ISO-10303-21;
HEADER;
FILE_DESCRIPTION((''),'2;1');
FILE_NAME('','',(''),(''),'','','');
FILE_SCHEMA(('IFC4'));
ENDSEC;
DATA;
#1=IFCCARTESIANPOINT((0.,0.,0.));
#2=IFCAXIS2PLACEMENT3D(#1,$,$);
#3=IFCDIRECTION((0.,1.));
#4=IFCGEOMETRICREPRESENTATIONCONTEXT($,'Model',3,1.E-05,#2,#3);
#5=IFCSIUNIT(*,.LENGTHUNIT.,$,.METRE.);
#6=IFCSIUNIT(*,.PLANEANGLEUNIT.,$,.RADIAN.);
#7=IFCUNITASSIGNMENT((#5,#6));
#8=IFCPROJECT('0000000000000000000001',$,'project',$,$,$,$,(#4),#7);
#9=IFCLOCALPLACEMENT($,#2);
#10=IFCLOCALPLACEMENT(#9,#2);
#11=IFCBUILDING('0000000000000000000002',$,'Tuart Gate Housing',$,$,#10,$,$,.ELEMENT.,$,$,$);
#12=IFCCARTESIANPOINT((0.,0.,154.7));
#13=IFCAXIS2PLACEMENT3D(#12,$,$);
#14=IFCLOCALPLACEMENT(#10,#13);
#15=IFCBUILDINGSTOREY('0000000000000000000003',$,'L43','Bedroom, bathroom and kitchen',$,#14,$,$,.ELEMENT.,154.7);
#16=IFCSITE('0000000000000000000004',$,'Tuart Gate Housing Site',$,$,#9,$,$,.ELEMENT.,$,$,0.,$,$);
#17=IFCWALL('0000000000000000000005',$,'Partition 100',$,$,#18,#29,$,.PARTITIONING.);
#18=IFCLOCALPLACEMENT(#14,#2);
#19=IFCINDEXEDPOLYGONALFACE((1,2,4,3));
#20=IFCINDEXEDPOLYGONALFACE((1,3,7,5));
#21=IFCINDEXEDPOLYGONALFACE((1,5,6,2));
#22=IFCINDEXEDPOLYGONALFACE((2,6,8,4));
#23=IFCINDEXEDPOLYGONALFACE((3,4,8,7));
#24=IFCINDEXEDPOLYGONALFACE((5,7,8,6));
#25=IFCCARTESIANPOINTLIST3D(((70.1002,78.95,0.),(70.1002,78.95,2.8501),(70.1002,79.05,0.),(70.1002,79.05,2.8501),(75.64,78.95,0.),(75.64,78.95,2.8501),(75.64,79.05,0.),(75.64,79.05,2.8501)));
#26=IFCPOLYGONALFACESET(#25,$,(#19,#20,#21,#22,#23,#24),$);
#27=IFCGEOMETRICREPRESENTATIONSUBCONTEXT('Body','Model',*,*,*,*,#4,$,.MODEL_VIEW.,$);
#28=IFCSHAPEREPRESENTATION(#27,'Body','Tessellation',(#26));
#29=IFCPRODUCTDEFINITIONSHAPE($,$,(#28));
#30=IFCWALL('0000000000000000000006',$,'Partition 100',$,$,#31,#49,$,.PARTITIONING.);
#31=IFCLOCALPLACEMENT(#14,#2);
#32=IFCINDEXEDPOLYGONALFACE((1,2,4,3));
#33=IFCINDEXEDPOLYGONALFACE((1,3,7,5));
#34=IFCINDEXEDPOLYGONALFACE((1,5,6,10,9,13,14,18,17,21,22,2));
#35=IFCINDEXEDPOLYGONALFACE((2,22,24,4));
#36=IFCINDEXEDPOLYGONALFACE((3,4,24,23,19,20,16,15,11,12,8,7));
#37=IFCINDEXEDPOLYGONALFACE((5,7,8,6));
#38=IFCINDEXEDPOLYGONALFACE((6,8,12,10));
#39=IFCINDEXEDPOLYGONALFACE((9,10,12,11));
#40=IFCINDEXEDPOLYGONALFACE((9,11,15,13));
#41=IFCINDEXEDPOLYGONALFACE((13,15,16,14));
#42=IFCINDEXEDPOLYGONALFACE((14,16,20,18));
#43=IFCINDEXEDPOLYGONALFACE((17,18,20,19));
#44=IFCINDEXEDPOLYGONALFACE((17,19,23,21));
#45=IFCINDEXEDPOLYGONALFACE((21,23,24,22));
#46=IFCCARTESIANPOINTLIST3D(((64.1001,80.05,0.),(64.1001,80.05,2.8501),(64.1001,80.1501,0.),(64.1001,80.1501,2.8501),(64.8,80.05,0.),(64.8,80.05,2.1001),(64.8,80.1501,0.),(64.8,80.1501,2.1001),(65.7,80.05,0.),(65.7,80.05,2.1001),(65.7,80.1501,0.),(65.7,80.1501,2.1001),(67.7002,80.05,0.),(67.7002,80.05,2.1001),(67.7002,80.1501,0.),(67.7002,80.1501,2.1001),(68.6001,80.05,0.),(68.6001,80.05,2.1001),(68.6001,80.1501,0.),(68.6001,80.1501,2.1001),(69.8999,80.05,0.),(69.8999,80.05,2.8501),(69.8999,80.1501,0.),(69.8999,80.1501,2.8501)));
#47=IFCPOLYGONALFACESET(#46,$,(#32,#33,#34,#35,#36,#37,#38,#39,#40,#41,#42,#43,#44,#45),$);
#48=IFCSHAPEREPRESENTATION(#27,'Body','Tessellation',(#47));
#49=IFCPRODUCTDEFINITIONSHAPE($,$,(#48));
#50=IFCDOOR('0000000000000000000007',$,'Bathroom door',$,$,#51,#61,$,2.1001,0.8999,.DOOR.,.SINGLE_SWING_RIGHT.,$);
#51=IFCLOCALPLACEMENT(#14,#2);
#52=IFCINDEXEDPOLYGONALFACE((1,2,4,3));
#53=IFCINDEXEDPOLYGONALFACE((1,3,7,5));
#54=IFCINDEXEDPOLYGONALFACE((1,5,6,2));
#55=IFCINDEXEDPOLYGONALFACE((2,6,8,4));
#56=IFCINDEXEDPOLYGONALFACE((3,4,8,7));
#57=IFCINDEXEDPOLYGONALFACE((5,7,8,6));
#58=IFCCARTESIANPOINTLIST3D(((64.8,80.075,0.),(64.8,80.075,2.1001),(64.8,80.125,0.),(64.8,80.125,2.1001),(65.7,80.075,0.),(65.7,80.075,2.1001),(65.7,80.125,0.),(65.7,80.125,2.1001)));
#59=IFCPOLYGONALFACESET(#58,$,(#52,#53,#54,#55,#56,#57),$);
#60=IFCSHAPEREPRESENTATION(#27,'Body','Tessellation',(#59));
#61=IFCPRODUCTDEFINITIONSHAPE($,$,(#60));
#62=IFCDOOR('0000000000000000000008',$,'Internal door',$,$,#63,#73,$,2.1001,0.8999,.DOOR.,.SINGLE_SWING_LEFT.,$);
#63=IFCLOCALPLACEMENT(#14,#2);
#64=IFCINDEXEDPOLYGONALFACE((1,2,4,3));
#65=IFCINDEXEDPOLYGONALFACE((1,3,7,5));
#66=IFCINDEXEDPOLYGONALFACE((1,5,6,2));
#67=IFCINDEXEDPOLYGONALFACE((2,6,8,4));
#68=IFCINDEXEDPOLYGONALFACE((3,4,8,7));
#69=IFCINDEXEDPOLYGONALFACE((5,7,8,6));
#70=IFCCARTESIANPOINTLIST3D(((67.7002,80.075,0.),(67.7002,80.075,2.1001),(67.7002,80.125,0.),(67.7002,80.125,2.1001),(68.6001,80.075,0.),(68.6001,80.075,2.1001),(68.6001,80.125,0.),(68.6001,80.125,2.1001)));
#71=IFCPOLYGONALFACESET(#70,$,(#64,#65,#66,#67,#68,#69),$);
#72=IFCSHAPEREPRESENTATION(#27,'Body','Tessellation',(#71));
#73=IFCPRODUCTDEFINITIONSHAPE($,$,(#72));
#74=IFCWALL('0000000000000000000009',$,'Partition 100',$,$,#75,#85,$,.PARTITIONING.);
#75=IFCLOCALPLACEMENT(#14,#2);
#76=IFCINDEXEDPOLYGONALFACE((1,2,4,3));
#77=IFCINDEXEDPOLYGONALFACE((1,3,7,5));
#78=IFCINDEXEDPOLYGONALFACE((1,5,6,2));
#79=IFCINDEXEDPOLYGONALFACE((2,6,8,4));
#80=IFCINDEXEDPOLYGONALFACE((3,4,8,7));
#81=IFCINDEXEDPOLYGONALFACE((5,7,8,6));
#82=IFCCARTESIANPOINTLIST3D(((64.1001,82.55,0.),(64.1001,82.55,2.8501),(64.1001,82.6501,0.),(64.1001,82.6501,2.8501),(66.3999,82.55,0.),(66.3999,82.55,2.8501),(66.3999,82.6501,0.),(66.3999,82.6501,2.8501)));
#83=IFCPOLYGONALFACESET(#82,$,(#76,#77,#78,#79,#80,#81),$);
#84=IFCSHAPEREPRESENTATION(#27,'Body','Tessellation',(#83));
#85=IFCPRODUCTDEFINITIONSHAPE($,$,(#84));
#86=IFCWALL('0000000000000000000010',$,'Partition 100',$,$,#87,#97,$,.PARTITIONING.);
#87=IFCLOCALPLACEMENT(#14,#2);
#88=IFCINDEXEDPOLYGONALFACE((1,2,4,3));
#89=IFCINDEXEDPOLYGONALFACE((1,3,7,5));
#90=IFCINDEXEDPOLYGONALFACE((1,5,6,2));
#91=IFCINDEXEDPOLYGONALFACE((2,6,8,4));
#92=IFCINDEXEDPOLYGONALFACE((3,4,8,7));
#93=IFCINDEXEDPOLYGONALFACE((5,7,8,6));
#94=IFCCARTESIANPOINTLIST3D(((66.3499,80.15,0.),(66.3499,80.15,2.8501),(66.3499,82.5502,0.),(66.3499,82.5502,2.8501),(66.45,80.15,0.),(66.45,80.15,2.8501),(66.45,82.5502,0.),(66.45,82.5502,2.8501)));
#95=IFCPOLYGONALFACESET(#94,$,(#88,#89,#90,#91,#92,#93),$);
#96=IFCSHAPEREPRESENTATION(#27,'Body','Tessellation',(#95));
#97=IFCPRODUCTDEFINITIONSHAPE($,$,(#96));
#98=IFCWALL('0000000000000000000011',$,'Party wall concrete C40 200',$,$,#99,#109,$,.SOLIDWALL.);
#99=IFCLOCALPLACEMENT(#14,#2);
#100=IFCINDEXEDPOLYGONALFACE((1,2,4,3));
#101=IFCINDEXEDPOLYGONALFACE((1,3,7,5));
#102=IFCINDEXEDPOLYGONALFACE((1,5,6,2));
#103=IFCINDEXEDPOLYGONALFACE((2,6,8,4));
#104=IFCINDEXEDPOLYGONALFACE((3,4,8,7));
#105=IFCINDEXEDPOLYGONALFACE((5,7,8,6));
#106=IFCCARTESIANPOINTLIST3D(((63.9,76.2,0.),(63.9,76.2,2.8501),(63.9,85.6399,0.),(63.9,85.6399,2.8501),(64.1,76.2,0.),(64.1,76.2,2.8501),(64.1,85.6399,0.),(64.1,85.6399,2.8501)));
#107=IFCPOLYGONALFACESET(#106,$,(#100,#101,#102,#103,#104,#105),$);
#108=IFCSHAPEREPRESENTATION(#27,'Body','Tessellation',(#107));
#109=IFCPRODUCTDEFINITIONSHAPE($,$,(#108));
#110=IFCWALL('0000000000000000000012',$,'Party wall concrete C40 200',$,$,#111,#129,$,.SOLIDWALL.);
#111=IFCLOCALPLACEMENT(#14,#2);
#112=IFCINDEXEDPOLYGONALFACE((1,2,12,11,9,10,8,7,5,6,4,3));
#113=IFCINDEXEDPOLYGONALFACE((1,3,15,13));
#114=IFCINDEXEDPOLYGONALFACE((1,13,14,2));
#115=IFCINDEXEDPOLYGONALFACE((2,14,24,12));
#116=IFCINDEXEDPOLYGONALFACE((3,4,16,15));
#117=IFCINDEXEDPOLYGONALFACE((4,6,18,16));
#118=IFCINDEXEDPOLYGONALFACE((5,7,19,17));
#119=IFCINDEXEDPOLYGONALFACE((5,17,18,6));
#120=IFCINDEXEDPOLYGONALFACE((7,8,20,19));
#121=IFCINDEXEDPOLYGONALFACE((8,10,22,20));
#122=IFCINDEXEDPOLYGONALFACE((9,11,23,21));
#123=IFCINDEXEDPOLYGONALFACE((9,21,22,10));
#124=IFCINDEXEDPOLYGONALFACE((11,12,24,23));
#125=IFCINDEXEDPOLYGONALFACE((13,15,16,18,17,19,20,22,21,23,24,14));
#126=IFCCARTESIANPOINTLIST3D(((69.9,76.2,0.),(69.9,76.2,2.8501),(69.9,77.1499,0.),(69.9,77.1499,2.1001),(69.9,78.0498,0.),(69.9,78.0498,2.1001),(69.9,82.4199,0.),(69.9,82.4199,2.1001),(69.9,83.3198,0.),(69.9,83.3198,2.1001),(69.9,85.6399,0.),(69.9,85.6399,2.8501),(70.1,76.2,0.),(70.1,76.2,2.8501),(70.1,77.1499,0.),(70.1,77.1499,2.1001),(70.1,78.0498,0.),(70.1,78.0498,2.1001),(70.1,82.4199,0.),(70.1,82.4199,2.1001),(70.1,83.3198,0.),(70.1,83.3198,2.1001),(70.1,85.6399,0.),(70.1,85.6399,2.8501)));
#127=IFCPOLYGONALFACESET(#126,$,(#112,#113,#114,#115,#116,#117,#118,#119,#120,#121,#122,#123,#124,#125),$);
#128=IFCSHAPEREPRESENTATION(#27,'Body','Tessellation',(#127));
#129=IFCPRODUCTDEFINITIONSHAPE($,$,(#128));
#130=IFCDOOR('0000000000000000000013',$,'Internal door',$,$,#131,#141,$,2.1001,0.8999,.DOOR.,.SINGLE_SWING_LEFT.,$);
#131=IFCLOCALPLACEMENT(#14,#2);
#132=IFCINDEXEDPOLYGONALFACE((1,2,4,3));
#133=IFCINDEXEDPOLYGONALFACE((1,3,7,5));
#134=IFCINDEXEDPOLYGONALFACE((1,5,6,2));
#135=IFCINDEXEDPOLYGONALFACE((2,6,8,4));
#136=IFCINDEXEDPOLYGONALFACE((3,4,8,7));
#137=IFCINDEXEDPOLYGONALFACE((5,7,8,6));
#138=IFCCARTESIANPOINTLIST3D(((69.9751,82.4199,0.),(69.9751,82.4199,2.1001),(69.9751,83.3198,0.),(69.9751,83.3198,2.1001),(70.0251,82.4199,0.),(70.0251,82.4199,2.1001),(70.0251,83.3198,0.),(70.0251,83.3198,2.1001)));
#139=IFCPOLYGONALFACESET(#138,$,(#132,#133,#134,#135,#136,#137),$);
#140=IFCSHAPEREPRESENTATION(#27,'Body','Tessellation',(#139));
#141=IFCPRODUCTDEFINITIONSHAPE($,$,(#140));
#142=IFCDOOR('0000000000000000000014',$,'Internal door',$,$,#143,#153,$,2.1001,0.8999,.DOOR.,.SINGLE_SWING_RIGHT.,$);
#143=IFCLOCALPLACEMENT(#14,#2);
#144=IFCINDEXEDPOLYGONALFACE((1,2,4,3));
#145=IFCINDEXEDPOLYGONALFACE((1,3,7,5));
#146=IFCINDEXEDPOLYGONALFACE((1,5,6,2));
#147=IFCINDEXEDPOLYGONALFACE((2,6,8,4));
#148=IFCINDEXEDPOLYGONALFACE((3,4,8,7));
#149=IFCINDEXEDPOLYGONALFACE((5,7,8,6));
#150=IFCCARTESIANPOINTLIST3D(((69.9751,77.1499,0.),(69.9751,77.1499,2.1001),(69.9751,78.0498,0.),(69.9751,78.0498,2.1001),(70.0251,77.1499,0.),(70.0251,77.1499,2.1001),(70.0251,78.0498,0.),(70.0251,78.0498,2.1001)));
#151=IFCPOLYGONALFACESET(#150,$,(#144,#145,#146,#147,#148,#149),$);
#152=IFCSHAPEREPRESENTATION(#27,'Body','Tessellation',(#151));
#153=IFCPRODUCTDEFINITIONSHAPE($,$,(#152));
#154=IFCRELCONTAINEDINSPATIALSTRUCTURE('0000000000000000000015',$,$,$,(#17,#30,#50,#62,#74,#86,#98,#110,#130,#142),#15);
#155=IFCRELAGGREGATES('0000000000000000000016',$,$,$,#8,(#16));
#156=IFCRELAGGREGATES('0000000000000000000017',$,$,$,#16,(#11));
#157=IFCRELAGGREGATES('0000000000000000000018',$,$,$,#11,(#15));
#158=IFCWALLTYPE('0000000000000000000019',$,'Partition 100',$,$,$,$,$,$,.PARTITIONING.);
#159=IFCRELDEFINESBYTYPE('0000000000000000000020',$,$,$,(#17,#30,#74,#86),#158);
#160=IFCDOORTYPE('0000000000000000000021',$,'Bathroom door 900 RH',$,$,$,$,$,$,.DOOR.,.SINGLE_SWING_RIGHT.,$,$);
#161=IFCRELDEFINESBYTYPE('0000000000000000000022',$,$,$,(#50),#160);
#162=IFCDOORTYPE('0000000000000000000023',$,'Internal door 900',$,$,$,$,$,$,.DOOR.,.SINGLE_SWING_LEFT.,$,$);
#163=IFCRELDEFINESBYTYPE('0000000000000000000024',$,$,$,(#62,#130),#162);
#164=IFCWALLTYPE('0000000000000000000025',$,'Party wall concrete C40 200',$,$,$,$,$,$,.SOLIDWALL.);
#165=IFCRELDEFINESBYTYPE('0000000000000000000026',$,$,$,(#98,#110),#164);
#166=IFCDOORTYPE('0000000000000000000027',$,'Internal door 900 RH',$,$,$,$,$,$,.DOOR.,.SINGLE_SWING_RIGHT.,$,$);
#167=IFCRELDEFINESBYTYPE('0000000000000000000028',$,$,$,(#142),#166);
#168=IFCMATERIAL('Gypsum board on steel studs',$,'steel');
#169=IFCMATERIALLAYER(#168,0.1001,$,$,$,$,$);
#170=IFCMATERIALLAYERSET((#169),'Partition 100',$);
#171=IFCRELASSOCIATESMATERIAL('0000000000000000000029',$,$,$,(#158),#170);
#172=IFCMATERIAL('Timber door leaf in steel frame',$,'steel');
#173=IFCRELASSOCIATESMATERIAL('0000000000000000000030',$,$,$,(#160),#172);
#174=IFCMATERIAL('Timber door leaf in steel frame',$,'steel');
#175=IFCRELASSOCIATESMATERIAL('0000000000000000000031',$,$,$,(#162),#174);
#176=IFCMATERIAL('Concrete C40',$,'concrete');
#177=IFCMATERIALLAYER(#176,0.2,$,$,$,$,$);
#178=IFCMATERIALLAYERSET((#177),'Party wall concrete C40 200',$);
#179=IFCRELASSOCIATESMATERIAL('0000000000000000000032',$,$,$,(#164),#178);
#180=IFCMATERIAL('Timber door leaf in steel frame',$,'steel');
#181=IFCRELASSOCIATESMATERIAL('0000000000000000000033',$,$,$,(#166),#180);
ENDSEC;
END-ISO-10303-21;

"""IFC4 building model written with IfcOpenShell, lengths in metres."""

from ifc_helpers import new_model, si_unit, direction, frame, frame_2d, origin, place, context, subcontext, project, spatial, rectangle, extrude, material, layer, layer_set, type_object, element, fill, save


model = new_model("IFC4")

# Units and contexts
model_context = context("Model", 3, precision=1e-05, world=origin(), true_north=direction((0.0, 1.0)))
body_context = subcontext(model_context, "Body", "Model", "MODEL_VIEW")
ifc_project = project(units=[si_unit("LENGTHUNIT", "METRE"), si_unit("PLANEANGLEUNIT", "RADIAN")], contexts=[model_context])

# Site, building, storey
site_placement = place(None, origin())
site = spatial("IfcSite", under=ifc_project, at=site_placement, Name="Tuart Gate Housing Site", CompositionType="ELEMENT", RefElevation=0.0)
building_placement = place(site_placement, origin())
building = spatial("IfcBuilding", under=site, at=building_placement, Name="Tuart Gate Housing", CompositionType="ELEMENT")
storey_placement = place(building_placement, frame((0.0, 0.0, 154.7)))
storey = spatial("IfcBuildingStorey", under=building, at=storey_placement, Name="L43", Description="Bedroom, bathroom and kitchen", CompositionType="ELEMENT", Elevation=154.7)

# Wall
ifc_material_1 = material(Name="Gypsum board on steel studs", Category="steel")
ifc_layer_1 = layer(ifc_material_1, 0.1001)
ifc_layer_set_1 = layer_set([ifc_layer_1], Name="Partition 100")
wall_type_1 = type_object("IfcWallType", Name="Partition 100", PredefinedType="PARTITIONING", material=ifc_layer_set_1)
wall_1_placement = place(storey_placement, frame((70.1001, 79.0, 0.0), z_axis=(0.0, 0.0, 1.0), x_axis=(1.0, 0.0, 0.0)))
element("IfcWall", 1, at=wall_1_placement, inside=storey, type_object=wall_type_1, Name="Partition 100", PredefinedType="PARTITIONING", context=body_context, shape_type="SweptSolid", body=[
    extrude(rectangle(XDim=5.5398, YDim=0.1001, at=frame_2d((2.77, 0.0))), origin(), (0.0, 0.0, 1.0), 2.8501),
])

# Wall, openings, doors
wall_2_placement = place(storey_placement, frame((64.1001, 80.1001, 0.0), z_axis=(0.0, 0.0, 1.0), x_axis=(1.0, 0.0, 0.0)))
wall_2 = element("IfcWall", 2, at=wall_2_placement, inside=storey, type_object=wall_type_1, Name="Partition 100", PredefinedType="PARTITIONING", context=body_context, shape_type="SweptSolid", body=[
    extrude(rectangle(XDim=5.7998, YDim=0.1001, at=frame_2d((2.8999, 0.0))), origin(), (0.0, 0.0, 1.0), 2.8501),
])
opening_1_placement = place(wall_2_placement, frame((3.6001, 0.0, 0.0)))
opening_1 = element("IfcOpeningElement", 3, at=opening_1_placement, cuts=wall_2, PredefinedType="OPENING", context=body_context, shape_type="SweptSolid", body=[
    extrude(rectangle(XDim=0.8999, YDim=2.1001, at=frame_2d((0.45, 1.05))), frame((0.0, 0.0601, 0.0), z_axis=(0.0, -1.0, 0.0), x_axis=(1.0, 0.0, 0.0)), (0.0, 0.0, 1.0), 0.1201),
])
opening_2_placement = place(wall_2_placement, frame((0.7, 0.0, 0.0)))
opening_2 = element("IfcOpeningElement", 4, at=opening_2_placement, cuts=wall_2, PredefinedType="OPENING", context=body_context, shape_type="SweptSolid", body=[
    extrude(rectangle(XDim=0.8999, YDim=2.1001, at=frame_2d((0.45, 1.05))), frame((0.0, 0.0601, 0.0), z_axis=(0.0, -1.0, 0.0), x_axis=(1.0, 0.0, 0.0)), (0.0, 0.0, 1.0), 0.1201),
])
ifc_material_2 = material(Name="Timber door leaf in steel frame", Category="steel")
door_type_1 = type_object("IfcDoorType", Name="Bathroom door 900 RH", OperationType="SINGLE_SWING_RIGHT", PredefinedType="DOOR", material=ifc_material_2)
door_1_placement = place(opening_2_placement, origin())
door_1 = element("IfcDoor", 5, at=door_1_placement, inside=storey, type_object=door_type_1, Name="Bathroom door", OperationType="SINGLE_SWING_RIGHT", OverallHeight=2.1001, OverallWidth=0.8999, PredefinedType="DOOR", context=body_context, shape_type="SweptSolid", body=[
    extrude(rectangle(XDim=0.8999, YDim=2.1001, at=frame_2d((0.45, 1.05))), frame((0.0, 0.0249, 0.0), z_axis=(0.0, -1.0, 0.0), x_axis=(1.0, 0.0, 0.0)), (0.0, 0.0, 1.0), 0.05),
])
fill(opening_2, door_1)
ifc_material_3 = material(Name="Timber door leaf in steel frame", Category="steel")
door_type_2 = type_object("IfcDoorType", Name="Internal door 900", OperationType="SINGLE_SWING_LEFT", PredefinedType="DOOR", material=ifc_material_3)
door_2_placement = place(opening_1_placement, frame((0.8999, 0.0, 0.0), z_axis=(0.0, 0.0, 1.0), x_axis=(-1.0, 0.0, 0.0)))
door_2 = element("IfcDoor", 6, at=door_2_placement, inside=storey, type_object=door_type_2, Name="Internal door", OperationType="SINGLE_SWING_LEFT", OverallHeight=2.1001, OverallWidth=0.8999, PredefinedType="DOOR", context=body_context, shape_type="SweptSolid", body=[
    extrude(rectangle(XDim=0.8999, YDim=2.1001, at=frame_2d((0.45, 1.05))), frame((0.0, 0.0251, 0.0), z_axis=(0.0, -1.0, 0.0), x_axis=(1.0, 0.0, 0.0)), (0.0, 0.0, 1.0), 0.05),
])
fill(opening_1, door_2)

# Walls
wall_3_placement = place(storey_placement, frame((64.1001, 82.6001, 0.0), z_axis=(0.0, 0.0, 1.0), x_axis=(1.0, 0.0, 0.0)))
element("IfcWall", 7, at=wall_3_placement, inside=storey, type_object=wall_type_1, Name="Partition 100", PredefinedType="PARTITIONING", context=body_context, shape_type="SweptSolid", body=[
    extrude(rectangle(XDim=2.2998, YDim=0.1001, at=frame_2d((1.1499, 0.0))), origin(), (0.0, 0.0, 1.0), 2.8501),
])
wall_4_placement = place(storey_placement, frame((66.3999, 80.1499, 0.0), z_axis=(0.0, 0.0, 1.0), x_axis=(0.0, 1.0, 0.0)))
element("IfcWall", 8, at=wall_4_placement, inside=storey, type_object=wall_type_1, Name="Partition 100", PredefinedType="PARTITIONING", context=body_context, shape_type="SweptSolid", body=[
    extrude(rectangle(XDim=2.4001, YDim=0.1001, at=frame_2d((1.2002, 0.0))), origin(), (0.0, 0.0, 1.0), 2.8501),
])
ifc_material_4 = material(Name="Concrete C40", Category="concrete")
ifc_layer_2 = layer(ifc_material_4, 0.2)
ifc_layer_set_2 = layer_set([ifc_layer_2], Name="Party wall concrete C40 200")
wall_type_2 = type_object("IfcWallType", Name="Party wall concrete C40 200", PredefinedType="SOLIDWALL", material=ifc_layer_set_2)
wall_5_placement = place(storey_placement, frame((64.0, 76.2, 0.0), z_axis=(0.0, 0.0, 1.0), x_axis=(0.0, 1.0, 0.0)))
element("IfcWall", 9, at=wall_5_placement, inside=storey, type_object=wall_type_2, Name="Party wall concrete C40 200", PredefinedType="SOLIDWALL", context=body_context, shape_type="SweptSolid", body=[
    extrude(rectangle(XDim=9.4399, YDim=0.2, at=frame_2d((4.72, 0.0))), origin(), (0.0, 0.0, 1.0), 2.8501),
])

# Wall, openings, doors
wall_6_placement = place(storey_placement, frame((70.0, 76.2, 0.0), z_axis=(0.0, 0.0, 1.0), x_axis=(0.0, 1.0, 0.0)))
wall_6 = element("IfcWall", 10, at=wall_6_placement, inside=storey, type_object=wall_type_2, Name="Party wall concrete C40 200", PredefinedType="SOLIDWALL", context=body_context, shape_type="SweptSolid", body=[
    extrude(rectangle(XDim=9.4399, YDim=0.2, at=frame_2d((4.72, 0.0))), origin(), (0.0, 0.0, 1.0), 2.8501),
])
opening_3_placement = place(wall_6_placement, frame((6.22, 0.0, 0.0)))
opening_3 = element("IfcOpeningElement", 11, at=opening_3_placement, cuts=wall_6, PredefinedType="OPENING", context=body_context, shape_type="SweptSolid", body=[
    extrude(rectangle(XDim=0.8999, YDim=2.1001, at=frame_2d((0.45, 1.05))), frame((0.0, 0.1099, 0.0), z_axis=(0.0, -1.0, 0.0), x_axis=(1.0, 0.0, 0.0)), (0.0, 0.0, 1.0), 0.22),
])
opening_4_placement = place(wall_6_placement, frame((0.95, 0.0, 0.0)))
opening_4 = element("IfcOpeningElement", 12, at=opening_4_placement, cuts=wall_6, PredefinedType="OPENING", context=body_context, shape_type="SweptSolid", body=[
    extrude(rectangle(XDim=0.8999, YDim=2.1001, at=frame_2d((0.45, 1.05))), frame((0.0, 0.1099, 0.0), z_axis=(0.0, -1.0, 0.0), x_axis=(1.0, 0.0, 0.0)), (0.0, 0.0, 1.0), 0.22),
])
door_3_placement = place(opening_3_placement, frame((0.8999, 0.0, 0.0), z_axis=(0.0, 0.0, 1.0), x_axis=(-1.0, 0.0, 0.0)))
door_3 = element("IfcDoor", 13, at=door_3_placement, inside=storey, type_object=door_type_2, Name="Internal door", OperationType="SINGLE_SWING_LEFT", OverallHeight=2.1001, OverallWidth=0.8999, PredefinedType="DOOR", context=body_context, shape_type="SweptSolid", body=[
    extrude(rectangle(XDim=0.8999, YDim=2.1001, at=frame_2d((0.45, 1.05))), frame((0.0, 0.0251, 0.0), z_axis=(0.0, -1.0, 0.0), x_axis=(1.0, 0.0, 0.0)), (0.0, 0.0, 1.0), 0.05),
])
fill(opening_3, door_3)
ifc_material_5 = material(Name="Timber door leaf in steel frame", Category="steel")
door_type_3 = type_object("IfcDoorType", Name="Internal door 900 RH", OperationType="SINGLE_SWING_RIGHT", PredefinedType="DOOR", material=ifc_material_5)
door_4_placement = place(opening_4_placement, frame((0.8999, 0.0, 0.0), z_axis=(0.0, 0.0, 1.0), x_axis=(-1.0, 0.0, 0.0)))
door_4 = element("IfcDoor", 14, at=door_4_placement, inside=storey, type_object=door_type_3, Name="Internal door", OperationType="SINGLE_SWING_RIGHT", OverallHeight=2.1001, OverallWidth=0.8999, PredefinedType="DOOR", context=body_context, shape_type="SweptSolid", body=[
    extrude(rectangle(XDim=0.8999, YDim=2.1001, at=frame_2d((0.45, 1.05))), frame((0.0, 0.0251, 0.0), z_axis=(0.0, -1.0, 0.0), x_axis=(1.0, 0.0, 0.0)), (0.0, 0.0, 1.0), 0.05),
])
fill(opening_4, door_4)

save(model, "model.ifc")
